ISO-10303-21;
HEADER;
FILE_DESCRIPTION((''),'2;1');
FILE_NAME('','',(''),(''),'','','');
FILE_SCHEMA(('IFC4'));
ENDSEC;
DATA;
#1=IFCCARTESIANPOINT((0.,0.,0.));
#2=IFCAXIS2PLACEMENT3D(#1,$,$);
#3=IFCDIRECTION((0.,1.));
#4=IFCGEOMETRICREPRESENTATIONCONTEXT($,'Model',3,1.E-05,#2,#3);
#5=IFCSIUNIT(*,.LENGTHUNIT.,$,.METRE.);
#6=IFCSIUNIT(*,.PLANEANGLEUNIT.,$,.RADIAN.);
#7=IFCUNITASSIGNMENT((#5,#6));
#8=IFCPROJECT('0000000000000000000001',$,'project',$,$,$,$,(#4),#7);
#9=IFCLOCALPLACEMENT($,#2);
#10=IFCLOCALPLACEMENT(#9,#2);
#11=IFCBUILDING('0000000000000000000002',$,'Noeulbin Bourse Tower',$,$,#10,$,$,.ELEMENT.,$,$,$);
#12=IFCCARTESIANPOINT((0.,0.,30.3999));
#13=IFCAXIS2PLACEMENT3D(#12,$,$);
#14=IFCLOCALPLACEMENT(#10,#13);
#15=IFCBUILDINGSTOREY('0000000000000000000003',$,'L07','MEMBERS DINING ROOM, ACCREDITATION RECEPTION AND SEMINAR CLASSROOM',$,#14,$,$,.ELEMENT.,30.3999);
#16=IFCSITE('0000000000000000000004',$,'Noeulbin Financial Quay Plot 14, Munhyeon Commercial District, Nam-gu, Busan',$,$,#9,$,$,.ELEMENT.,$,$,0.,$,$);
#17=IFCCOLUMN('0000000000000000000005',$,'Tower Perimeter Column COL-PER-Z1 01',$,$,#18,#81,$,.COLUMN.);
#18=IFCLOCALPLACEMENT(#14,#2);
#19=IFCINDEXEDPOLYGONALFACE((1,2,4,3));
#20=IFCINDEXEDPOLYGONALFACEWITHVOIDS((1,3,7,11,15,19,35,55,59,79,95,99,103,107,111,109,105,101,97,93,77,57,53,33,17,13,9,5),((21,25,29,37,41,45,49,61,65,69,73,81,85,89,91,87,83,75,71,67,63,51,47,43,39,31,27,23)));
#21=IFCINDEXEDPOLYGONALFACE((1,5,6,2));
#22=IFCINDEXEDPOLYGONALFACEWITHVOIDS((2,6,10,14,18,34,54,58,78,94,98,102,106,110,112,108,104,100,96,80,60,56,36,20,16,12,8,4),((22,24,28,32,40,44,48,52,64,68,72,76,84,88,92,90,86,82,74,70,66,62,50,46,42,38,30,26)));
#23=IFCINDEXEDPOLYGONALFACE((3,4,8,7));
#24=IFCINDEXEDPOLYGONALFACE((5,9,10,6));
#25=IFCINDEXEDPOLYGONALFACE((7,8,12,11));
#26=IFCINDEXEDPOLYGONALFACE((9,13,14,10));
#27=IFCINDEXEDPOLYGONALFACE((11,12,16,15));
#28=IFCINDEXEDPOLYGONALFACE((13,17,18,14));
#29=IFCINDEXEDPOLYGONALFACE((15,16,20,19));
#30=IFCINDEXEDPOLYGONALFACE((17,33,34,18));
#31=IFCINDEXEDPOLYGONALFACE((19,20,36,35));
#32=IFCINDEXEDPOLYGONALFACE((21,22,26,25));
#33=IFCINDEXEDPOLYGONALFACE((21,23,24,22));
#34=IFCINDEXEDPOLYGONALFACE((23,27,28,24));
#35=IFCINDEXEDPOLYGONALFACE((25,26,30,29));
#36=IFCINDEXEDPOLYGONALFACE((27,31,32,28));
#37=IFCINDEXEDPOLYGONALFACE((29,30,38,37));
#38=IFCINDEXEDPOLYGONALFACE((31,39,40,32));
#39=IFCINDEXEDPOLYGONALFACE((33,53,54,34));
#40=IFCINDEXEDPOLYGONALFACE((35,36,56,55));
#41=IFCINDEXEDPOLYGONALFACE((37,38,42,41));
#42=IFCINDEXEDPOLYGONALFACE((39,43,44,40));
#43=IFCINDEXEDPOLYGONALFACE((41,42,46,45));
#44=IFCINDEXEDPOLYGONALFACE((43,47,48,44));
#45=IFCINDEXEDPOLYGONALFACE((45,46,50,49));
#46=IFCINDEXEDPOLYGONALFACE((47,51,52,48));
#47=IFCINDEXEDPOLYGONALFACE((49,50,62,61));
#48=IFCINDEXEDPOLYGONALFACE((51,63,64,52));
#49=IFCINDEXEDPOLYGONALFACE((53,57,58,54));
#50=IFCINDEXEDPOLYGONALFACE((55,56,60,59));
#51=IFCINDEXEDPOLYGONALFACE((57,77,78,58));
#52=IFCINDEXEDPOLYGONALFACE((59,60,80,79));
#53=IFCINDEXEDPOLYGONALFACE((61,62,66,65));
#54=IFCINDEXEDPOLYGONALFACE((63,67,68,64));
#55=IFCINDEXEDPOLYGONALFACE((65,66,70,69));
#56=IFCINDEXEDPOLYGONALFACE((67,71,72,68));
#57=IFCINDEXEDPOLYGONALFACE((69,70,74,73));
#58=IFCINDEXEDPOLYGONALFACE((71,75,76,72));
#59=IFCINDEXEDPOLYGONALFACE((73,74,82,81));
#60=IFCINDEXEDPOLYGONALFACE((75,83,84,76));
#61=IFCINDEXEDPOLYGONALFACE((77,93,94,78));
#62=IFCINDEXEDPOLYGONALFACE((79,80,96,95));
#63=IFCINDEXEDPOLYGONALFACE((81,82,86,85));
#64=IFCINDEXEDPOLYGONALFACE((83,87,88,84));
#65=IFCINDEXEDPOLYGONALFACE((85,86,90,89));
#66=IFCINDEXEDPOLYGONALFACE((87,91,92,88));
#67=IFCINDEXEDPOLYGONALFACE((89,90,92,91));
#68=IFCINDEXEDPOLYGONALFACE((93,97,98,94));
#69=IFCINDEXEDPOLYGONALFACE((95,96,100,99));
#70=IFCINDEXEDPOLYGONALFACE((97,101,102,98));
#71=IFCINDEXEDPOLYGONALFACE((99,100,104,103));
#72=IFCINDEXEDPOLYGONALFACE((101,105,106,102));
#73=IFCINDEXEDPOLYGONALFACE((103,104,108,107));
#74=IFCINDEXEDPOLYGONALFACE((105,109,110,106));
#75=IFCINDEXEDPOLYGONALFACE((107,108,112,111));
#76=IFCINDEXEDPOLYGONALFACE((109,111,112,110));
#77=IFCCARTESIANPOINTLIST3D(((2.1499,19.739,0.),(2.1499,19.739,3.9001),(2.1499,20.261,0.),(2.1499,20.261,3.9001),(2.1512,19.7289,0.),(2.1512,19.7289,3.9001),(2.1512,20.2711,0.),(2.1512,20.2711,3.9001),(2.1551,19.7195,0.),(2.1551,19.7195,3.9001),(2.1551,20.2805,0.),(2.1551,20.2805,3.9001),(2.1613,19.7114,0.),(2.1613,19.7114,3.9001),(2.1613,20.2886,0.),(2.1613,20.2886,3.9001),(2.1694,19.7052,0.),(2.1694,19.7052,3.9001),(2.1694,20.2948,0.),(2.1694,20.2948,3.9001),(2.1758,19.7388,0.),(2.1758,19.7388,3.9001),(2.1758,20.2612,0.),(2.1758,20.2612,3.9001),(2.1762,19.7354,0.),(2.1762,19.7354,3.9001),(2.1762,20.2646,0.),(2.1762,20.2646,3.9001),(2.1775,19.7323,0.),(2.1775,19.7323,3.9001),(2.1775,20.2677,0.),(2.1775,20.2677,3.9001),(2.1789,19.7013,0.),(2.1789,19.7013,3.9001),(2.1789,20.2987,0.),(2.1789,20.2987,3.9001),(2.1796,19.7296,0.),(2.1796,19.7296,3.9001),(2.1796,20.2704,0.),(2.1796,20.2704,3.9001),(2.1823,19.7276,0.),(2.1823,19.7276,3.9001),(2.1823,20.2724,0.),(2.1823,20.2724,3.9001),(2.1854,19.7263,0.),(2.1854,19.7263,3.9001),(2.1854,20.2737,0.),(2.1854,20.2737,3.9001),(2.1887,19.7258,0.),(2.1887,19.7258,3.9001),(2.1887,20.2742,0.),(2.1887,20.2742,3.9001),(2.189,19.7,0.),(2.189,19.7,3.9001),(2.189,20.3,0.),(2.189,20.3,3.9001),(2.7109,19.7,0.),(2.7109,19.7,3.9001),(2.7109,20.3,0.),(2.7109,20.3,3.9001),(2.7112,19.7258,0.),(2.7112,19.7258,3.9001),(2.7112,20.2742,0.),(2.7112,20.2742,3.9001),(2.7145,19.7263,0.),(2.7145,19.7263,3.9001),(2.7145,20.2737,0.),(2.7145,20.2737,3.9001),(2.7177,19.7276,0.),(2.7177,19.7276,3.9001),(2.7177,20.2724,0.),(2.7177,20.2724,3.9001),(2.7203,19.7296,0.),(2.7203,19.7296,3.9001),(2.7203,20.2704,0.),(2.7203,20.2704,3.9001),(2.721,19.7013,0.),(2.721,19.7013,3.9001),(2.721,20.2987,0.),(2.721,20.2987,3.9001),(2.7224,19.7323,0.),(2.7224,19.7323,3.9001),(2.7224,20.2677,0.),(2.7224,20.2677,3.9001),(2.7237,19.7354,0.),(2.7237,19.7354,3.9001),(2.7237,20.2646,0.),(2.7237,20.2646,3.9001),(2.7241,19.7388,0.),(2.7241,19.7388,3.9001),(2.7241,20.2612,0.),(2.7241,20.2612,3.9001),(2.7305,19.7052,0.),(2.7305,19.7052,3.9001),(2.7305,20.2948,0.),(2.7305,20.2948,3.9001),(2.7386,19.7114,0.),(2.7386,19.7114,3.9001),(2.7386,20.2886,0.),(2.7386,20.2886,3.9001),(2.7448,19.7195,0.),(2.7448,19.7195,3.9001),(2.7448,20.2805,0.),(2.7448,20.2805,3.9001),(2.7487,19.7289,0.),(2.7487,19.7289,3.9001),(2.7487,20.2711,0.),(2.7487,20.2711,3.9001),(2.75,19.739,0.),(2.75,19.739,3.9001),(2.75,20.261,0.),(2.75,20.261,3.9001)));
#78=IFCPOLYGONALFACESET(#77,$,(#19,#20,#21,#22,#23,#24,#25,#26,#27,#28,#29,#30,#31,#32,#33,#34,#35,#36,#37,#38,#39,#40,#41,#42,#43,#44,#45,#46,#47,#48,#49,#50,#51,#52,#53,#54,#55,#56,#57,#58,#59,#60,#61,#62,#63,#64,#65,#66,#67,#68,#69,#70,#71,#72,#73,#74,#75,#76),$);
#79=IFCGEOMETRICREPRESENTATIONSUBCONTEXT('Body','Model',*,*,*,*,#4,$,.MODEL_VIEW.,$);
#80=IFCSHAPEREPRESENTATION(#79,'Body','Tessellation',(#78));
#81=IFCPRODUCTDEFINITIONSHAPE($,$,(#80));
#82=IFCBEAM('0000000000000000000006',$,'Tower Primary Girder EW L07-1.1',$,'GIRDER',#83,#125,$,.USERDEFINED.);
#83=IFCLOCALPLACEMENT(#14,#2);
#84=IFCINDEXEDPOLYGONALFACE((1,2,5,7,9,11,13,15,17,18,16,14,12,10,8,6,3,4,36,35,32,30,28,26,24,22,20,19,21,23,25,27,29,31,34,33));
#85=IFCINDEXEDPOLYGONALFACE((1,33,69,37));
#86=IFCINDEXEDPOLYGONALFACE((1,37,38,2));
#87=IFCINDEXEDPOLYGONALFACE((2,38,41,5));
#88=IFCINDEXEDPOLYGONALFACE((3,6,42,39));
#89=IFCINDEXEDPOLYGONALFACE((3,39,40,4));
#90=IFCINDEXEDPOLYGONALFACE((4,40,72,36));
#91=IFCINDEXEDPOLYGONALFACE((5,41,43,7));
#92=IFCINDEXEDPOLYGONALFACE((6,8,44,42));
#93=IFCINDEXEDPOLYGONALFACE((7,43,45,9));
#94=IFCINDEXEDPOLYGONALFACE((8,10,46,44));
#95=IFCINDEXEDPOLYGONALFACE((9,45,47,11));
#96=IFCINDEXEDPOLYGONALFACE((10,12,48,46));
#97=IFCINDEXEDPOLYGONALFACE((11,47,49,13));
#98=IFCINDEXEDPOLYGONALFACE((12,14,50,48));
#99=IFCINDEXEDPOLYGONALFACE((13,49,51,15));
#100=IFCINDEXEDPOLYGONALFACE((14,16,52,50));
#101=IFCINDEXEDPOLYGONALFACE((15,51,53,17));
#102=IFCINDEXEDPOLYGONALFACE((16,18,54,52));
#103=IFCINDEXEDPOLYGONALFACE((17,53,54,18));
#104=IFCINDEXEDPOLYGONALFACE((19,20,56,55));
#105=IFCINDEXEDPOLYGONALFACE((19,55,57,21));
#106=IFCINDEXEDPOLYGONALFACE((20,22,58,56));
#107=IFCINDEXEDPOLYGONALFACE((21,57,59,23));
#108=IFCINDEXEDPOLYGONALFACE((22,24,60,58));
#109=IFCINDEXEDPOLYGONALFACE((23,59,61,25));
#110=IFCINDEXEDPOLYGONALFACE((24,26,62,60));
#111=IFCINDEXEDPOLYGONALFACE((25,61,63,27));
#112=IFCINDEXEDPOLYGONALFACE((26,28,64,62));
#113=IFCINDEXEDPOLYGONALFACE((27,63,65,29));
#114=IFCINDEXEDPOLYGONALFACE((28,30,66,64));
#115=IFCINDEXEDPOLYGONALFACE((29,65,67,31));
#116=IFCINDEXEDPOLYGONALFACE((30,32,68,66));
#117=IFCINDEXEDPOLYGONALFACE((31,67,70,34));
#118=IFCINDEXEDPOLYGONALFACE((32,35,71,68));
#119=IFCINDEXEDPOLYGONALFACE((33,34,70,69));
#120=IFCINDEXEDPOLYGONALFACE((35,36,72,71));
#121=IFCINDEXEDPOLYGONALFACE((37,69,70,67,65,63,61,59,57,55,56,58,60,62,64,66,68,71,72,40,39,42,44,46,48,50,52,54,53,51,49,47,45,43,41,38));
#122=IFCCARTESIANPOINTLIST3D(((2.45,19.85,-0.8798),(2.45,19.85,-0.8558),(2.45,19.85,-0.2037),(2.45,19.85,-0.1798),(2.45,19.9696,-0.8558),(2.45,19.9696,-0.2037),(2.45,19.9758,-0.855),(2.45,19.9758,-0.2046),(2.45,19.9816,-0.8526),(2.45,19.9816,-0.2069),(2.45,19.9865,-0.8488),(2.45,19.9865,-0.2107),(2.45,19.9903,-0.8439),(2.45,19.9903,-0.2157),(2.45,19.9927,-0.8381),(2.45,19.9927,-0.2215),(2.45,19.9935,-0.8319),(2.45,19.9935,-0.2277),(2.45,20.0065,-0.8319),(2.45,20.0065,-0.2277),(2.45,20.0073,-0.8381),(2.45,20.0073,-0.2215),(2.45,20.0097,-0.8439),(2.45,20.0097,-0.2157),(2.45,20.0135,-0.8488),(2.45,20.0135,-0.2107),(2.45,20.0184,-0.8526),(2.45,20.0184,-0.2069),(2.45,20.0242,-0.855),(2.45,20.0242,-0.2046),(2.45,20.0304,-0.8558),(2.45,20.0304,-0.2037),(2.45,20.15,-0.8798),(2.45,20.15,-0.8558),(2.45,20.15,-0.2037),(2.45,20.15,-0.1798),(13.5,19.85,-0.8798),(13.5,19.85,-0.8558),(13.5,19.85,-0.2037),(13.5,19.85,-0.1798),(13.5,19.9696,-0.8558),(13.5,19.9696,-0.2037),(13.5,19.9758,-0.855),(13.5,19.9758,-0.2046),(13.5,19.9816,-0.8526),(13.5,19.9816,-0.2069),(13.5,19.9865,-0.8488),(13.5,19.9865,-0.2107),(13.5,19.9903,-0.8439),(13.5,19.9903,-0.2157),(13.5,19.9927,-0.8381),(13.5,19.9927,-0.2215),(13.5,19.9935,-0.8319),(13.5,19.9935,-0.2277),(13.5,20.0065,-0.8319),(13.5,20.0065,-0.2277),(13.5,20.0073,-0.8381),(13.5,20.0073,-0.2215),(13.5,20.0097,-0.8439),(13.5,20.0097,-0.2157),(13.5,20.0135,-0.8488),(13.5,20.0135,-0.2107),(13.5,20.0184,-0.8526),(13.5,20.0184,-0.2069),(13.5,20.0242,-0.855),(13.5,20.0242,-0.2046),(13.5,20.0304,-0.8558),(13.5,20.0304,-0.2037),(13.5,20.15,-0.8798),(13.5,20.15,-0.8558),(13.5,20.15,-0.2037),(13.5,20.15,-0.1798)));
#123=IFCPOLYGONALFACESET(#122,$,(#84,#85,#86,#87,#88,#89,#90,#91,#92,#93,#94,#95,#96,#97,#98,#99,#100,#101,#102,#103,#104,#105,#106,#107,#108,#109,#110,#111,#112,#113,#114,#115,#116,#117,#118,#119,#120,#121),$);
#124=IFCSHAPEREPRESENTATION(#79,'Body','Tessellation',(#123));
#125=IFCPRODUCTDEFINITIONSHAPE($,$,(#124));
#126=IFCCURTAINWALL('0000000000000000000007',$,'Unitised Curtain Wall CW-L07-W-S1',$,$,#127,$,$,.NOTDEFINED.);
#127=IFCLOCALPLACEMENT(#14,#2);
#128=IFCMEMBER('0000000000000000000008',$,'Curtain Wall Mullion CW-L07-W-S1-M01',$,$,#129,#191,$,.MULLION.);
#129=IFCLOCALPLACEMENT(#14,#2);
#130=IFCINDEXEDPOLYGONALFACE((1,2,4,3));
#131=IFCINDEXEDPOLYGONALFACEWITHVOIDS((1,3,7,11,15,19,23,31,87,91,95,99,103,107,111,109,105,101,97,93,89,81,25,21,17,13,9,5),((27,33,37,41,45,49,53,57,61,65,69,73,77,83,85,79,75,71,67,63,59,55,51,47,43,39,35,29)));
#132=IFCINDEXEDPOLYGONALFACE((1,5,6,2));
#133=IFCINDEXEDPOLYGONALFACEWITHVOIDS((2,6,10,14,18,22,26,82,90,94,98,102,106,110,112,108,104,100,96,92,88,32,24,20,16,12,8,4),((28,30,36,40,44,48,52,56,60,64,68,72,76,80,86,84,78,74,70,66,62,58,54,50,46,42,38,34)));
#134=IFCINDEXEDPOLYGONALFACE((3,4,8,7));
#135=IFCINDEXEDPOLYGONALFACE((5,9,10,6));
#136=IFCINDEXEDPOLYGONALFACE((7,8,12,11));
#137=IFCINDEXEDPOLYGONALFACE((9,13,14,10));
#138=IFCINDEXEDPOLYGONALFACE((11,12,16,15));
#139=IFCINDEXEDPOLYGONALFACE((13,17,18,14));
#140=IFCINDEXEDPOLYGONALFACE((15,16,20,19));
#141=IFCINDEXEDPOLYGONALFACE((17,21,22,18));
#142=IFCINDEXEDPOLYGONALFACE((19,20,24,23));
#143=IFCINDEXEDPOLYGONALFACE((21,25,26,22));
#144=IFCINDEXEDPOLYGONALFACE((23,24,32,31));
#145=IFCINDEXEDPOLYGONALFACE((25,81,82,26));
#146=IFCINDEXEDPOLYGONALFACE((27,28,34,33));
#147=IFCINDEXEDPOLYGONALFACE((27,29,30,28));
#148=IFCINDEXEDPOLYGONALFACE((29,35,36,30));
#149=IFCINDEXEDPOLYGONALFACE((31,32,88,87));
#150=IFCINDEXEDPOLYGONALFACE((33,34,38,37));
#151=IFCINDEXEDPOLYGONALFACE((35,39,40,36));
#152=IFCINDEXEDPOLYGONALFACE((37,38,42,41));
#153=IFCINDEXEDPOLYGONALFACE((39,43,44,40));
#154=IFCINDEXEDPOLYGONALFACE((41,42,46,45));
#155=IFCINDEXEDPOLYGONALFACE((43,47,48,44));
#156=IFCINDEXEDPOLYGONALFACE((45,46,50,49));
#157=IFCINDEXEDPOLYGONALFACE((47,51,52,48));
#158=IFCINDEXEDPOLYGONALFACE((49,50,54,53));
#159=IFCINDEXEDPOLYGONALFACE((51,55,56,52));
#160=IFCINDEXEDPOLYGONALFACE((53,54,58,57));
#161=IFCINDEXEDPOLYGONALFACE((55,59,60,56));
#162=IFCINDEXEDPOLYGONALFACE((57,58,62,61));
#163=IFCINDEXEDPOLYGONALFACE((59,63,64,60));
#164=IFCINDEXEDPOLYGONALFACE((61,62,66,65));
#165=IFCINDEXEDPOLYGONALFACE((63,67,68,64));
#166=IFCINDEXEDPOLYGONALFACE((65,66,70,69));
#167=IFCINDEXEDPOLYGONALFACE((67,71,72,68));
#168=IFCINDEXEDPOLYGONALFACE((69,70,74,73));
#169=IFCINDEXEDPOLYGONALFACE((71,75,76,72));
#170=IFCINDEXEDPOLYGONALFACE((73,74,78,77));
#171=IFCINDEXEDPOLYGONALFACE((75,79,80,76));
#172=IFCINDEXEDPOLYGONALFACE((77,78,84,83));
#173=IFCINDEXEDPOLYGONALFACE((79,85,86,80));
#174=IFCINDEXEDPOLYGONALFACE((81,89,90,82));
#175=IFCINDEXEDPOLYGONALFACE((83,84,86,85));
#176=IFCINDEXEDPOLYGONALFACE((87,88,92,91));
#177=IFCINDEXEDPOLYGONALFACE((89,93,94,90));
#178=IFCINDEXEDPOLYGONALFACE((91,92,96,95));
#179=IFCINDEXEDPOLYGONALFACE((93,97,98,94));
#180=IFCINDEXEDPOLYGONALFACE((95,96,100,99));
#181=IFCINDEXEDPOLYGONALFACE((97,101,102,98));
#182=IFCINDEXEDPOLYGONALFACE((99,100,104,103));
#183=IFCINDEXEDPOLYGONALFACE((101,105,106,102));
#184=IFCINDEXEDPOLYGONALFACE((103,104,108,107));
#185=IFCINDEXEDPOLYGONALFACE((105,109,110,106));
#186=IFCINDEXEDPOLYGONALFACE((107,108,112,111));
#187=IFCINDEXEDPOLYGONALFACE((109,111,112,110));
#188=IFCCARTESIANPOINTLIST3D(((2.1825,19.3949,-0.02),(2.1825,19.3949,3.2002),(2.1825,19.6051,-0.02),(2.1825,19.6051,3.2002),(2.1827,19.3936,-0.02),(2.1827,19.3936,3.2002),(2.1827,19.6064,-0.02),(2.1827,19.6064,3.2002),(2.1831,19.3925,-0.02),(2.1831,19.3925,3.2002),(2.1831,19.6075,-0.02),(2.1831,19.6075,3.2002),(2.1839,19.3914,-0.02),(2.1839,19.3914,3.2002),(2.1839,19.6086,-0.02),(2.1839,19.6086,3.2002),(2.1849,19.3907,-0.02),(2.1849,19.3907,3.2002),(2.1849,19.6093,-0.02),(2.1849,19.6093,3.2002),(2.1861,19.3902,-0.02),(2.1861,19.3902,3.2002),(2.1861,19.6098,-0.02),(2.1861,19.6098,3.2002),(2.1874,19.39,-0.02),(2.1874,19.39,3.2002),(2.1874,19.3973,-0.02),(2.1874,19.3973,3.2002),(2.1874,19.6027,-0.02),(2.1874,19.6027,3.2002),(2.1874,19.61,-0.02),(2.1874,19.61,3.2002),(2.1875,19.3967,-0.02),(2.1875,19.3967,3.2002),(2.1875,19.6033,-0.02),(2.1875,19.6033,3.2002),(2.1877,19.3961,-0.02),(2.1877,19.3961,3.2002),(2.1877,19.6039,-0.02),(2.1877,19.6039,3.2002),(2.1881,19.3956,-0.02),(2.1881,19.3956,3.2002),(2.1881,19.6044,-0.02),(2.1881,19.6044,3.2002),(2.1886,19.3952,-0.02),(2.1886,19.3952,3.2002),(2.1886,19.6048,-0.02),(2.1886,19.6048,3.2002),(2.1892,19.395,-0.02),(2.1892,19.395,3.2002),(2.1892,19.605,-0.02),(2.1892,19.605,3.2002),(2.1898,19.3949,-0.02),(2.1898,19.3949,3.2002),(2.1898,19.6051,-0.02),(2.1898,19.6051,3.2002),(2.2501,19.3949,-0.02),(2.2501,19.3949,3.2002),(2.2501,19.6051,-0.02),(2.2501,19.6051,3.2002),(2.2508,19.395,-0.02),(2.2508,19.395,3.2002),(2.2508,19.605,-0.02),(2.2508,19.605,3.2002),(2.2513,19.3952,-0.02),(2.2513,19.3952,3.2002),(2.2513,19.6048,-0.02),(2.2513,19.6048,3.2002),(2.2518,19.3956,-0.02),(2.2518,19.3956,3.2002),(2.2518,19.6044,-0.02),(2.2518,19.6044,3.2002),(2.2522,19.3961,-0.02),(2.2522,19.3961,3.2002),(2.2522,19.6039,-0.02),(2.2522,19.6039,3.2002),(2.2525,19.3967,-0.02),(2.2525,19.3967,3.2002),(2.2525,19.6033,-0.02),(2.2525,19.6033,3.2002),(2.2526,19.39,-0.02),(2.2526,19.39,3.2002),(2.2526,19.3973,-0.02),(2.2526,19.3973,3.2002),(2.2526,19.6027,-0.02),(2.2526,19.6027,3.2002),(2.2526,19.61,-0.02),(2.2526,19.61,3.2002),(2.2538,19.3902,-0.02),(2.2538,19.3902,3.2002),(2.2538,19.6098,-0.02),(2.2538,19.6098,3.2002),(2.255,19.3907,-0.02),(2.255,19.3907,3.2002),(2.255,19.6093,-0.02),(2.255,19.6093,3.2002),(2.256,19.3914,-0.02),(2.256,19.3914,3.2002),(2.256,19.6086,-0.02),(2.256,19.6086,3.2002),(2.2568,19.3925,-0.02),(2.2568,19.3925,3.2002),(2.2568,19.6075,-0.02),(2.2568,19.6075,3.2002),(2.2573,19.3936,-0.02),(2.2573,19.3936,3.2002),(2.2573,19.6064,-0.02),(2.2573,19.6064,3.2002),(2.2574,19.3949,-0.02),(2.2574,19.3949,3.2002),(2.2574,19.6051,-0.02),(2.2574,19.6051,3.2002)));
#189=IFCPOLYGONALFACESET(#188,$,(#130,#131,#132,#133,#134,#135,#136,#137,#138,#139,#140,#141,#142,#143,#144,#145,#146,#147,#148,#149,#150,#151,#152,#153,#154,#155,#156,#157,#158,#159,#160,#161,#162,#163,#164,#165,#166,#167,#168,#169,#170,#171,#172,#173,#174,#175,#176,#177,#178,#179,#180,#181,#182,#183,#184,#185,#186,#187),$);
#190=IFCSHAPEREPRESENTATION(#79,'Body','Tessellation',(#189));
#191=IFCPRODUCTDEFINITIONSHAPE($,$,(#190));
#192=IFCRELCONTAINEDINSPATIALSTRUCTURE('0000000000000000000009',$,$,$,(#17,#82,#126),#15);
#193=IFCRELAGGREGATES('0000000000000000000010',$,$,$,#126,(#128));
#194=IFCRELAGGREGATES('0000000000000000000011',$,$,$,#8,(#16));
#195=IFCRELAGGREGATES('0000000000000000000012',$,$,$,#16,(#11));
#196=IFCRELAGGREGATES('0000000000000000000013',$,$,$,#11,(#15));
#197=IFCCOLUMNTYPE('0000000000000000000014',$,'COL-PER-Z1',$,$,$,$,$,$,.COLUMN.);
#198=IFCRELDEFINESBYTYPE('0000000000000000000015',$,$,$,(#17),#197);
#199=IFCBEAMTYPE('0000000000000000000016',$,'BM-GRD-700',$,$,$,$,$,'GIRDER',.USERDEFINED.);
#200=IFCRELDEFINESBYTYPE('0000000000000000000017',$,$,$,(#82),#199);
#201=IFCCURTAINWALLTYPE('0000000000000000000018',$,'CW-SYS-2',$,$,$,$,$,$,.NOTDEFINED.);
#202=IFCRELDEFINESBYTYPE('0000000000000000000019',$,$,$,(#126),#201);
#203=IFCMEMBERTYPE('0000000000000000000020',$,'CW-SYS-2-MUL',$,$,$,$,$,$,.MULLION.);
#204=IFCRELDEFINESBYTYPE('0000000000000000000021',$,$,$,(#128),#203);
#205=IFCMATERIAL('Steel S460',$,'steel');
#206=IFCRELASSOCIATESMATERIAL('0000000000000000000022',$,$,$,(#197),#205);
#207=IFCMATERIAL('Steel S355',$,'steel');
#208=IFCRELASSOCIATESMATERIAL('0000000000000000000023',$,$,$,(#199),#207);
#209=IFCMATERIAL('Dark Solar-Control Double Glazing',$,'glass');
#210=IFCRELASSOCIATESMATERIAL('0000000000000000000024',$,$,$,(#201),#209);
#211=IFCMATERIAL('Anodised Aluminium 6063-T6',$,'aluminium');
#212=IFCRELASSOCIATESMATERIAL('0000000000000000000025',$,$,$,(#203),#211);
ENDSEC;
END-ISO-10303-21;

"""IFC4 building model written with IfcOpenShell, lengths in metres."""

from ifc_helpers import new_model, si_unit, direction, frame, origin, origin_2d, place, context, subcontext, project, spatial, hollow_rectangle, i_section, extrude, material, material_profile, profile_set, type_object, element, aggregate, save


model = new_model("IFC4")

# Units and contexts
model_context = context("Model", 3, precision=1e-05, world=origin(), true_north=direction((0.0, 1.0)))
body_context = subcontext(model_context, "Body", "Model", "MODEL_VIEW")
ifc_project = project(units=[si_unit("LENGTHUNIT", "METRE"), si_unit("PLANEANGLEUNIT", "RADIAN")], contexts=[model_context])

# Site, building, storey
site_placement = place(None, origin())
site = spatial("IfcSite", under=ifc_project, at=site_placement, Name="Noeulbin Financial Quay Plot 14, Munhyeon Commercial District, Nam-gu, Busan", CompositionType="ELEMENT", RefElevation=0.0)
building_placement = place(site_placement, origin())
building = spatial("IfcBuilding", under=site, at=building_placement, Name="Noeulbin Bourse Tower", CompositionType="ELEMENT")
storey_placement = place(building_placement, frame((0.0, 0.0, 30.3999)))
storey = spatial("IfcBuildingStorey", under=building, at=storey_placement, Name="L07", Description="MEMBERS DINING ROOM, ACCREDITATION RECEPTION AND SEMINAR CLASSROOM", CompositionType="ELEMENT", Elevation=30.3999)

# Column
ifc_material_1 = material(Name="Steel S460", Category="steel")
ifc_material_profile_1 = material_profile(ifc_material_1, hollow_rectangle(XDim=0.6001, YDim=0.6001, WallThickness=0.0259, InnerFilletRadius=0.0129, OuterFilletRadius=0.0391, at=origin_2d()), Name="BOX-600x600x26", Category="LoadBearing")
ifc_profile_set_1 = profile_set([ifc_material_profile_1], Name="Steel S460")
column_type = type_object("IfcColumnType", Name="COL-PER-Z1", PredefinedType="COLUMN", material=ifc_profile_set_1)
column_placement = place(storey_placement, frame((2.45, 20.0, 0.0), z_axis=(0.0, 0.0, 1.0), x_axis=(1.0, 0.0, 0.0)))
element("IfcColumn", 1, at=column_placement, inside=storey, type_object=column_type, Name="Tower Perimeter Column COL-PER-Z1 01", PredefinedType="COLUMN", context=body_context, shape_type="SweptSolid", body=[
    extrude(hollow_rectangle(XDim=0.6001, YDim=0.6001, WallThickness=0.0259, InnerFilletRadius=0.0129, OuterFilletRadius=0.0391, at=origin_2d()), origin(), (0.0, 0.0, 1.0), 3.9001),
])

# Beam
ifc_material_2 = material(Name="Steel S355", Category="steel")
ifc_material_profile_2 = material_profile(ifc_material_2, i_section(OverallWidth=0.3, OverallDepth=0.7, WebThickness=0.0129, FlangeThickness=0.0239, FilletRadius=0.0239, at=origin_2d()), Name="H-700x300x13x24", Category="LoadBearing")
ifc_profile_set_2 = profile_set([ifc_material_profile_2], Name="Steel S355")
beam_type = type_object("IfcBeamType", Name="BM-GRD-700", ElementType="GIRDER", PredefinedType="USERDEFINED", material=ifc_profile_set_2)
beam_placement = place(storey_placement, frame((2.45, 20.0, -0.5298), z_axis=(1.0, 0.0, 0.0), x_axis=(0.0, 1.0, 0.0)))
element("IfcBeam", 2, at=beam_placement, inside=storey, type_object=beam_type, Name="Tower Primary Girder EW L07-1.1", ObjectType="GIRDER", PredefinedType="USERDEFINED", context=body_context, shape_type="SweptSolid", body=[
    extrude(i_section(OverallWidth=0.3, OverallDepth=0.7, WebThickness=0.0129, FlangeThickness=0.0239, FilletRadius=0.0239, at=origin_2d()), origin(), (0.0, 0.0, 1.0), 11.05),
])

# Curtain wall, member
ifc_material_3 = material(Name="Dark Solar-Control Double Glazing", Category="glass")
curtain_wall_type = type_object("IfcCurtainWallType", Name="CW-SYS-2", PredefinedType="NOTDEFINED", material=ifc_material_3)
curtain_wall_1_placement = place(storey_placement, origin())
curtain_wall_1 = element("IfcCurtainWall", 3, at=curtain_wall_1_placement, inside=storey, type_object=curtain_wall_type, Name="Unitised Curtain Wall CW-L07-W-S1", PredefinedType="NOTDEFINED")
ifc_material_4 = material(Name="Anodised Aluminium 6063-T6", Category="aluminium")
ifc_material_profile_3 = material_profile(ifc_material_4, hollow_rectangle(XDim=0.075, YDim=0.22, WallThickness=0.0049, InnerFilletRadius=0.0024, OuterFilletRadius=0.0049, at=origin_2d()), Name="ALU-MULL-75x220x5", Category="LoadBearing")
ifc_profile_set_3 = profile_set([ifc_material_profile_3], Name="Anodised Aluminium 6063-T6")
member_type_1 = type_object("IfcMemberType", Name="CW-SYS-2-MUL", PredefinedType="MULLION", material=ifc_profile_set_3)
member_1_placement = place(storey_placement, frame((2.22, 19.5, -0.02), z_axis=(0.0, 0.0, 1.0), x_axis=(1.0, 0.0, 0.0)))
member_1 = element("IfcMember", 4, at=member_1_placement, type_object=member_type_1, Name="Curtain Wall Mullion CW-L07-W-S1-M01", PredefinedType="MULLION", context=body_context, shape_type="SweptSolid", body=[
    extrude(hollow_rectangle(XDim=0.075, YDim=0.22, WallThickness=0.0049, InnerFilletRadius=0.0024, OuterFilletRadius=0.0049, at=origin_2d()), origin(), (0.0, 0.0, 1.0), 3.2202),
])

aggregate(curtain_wall_1, [member_1])

save(model, "model.ifc")
